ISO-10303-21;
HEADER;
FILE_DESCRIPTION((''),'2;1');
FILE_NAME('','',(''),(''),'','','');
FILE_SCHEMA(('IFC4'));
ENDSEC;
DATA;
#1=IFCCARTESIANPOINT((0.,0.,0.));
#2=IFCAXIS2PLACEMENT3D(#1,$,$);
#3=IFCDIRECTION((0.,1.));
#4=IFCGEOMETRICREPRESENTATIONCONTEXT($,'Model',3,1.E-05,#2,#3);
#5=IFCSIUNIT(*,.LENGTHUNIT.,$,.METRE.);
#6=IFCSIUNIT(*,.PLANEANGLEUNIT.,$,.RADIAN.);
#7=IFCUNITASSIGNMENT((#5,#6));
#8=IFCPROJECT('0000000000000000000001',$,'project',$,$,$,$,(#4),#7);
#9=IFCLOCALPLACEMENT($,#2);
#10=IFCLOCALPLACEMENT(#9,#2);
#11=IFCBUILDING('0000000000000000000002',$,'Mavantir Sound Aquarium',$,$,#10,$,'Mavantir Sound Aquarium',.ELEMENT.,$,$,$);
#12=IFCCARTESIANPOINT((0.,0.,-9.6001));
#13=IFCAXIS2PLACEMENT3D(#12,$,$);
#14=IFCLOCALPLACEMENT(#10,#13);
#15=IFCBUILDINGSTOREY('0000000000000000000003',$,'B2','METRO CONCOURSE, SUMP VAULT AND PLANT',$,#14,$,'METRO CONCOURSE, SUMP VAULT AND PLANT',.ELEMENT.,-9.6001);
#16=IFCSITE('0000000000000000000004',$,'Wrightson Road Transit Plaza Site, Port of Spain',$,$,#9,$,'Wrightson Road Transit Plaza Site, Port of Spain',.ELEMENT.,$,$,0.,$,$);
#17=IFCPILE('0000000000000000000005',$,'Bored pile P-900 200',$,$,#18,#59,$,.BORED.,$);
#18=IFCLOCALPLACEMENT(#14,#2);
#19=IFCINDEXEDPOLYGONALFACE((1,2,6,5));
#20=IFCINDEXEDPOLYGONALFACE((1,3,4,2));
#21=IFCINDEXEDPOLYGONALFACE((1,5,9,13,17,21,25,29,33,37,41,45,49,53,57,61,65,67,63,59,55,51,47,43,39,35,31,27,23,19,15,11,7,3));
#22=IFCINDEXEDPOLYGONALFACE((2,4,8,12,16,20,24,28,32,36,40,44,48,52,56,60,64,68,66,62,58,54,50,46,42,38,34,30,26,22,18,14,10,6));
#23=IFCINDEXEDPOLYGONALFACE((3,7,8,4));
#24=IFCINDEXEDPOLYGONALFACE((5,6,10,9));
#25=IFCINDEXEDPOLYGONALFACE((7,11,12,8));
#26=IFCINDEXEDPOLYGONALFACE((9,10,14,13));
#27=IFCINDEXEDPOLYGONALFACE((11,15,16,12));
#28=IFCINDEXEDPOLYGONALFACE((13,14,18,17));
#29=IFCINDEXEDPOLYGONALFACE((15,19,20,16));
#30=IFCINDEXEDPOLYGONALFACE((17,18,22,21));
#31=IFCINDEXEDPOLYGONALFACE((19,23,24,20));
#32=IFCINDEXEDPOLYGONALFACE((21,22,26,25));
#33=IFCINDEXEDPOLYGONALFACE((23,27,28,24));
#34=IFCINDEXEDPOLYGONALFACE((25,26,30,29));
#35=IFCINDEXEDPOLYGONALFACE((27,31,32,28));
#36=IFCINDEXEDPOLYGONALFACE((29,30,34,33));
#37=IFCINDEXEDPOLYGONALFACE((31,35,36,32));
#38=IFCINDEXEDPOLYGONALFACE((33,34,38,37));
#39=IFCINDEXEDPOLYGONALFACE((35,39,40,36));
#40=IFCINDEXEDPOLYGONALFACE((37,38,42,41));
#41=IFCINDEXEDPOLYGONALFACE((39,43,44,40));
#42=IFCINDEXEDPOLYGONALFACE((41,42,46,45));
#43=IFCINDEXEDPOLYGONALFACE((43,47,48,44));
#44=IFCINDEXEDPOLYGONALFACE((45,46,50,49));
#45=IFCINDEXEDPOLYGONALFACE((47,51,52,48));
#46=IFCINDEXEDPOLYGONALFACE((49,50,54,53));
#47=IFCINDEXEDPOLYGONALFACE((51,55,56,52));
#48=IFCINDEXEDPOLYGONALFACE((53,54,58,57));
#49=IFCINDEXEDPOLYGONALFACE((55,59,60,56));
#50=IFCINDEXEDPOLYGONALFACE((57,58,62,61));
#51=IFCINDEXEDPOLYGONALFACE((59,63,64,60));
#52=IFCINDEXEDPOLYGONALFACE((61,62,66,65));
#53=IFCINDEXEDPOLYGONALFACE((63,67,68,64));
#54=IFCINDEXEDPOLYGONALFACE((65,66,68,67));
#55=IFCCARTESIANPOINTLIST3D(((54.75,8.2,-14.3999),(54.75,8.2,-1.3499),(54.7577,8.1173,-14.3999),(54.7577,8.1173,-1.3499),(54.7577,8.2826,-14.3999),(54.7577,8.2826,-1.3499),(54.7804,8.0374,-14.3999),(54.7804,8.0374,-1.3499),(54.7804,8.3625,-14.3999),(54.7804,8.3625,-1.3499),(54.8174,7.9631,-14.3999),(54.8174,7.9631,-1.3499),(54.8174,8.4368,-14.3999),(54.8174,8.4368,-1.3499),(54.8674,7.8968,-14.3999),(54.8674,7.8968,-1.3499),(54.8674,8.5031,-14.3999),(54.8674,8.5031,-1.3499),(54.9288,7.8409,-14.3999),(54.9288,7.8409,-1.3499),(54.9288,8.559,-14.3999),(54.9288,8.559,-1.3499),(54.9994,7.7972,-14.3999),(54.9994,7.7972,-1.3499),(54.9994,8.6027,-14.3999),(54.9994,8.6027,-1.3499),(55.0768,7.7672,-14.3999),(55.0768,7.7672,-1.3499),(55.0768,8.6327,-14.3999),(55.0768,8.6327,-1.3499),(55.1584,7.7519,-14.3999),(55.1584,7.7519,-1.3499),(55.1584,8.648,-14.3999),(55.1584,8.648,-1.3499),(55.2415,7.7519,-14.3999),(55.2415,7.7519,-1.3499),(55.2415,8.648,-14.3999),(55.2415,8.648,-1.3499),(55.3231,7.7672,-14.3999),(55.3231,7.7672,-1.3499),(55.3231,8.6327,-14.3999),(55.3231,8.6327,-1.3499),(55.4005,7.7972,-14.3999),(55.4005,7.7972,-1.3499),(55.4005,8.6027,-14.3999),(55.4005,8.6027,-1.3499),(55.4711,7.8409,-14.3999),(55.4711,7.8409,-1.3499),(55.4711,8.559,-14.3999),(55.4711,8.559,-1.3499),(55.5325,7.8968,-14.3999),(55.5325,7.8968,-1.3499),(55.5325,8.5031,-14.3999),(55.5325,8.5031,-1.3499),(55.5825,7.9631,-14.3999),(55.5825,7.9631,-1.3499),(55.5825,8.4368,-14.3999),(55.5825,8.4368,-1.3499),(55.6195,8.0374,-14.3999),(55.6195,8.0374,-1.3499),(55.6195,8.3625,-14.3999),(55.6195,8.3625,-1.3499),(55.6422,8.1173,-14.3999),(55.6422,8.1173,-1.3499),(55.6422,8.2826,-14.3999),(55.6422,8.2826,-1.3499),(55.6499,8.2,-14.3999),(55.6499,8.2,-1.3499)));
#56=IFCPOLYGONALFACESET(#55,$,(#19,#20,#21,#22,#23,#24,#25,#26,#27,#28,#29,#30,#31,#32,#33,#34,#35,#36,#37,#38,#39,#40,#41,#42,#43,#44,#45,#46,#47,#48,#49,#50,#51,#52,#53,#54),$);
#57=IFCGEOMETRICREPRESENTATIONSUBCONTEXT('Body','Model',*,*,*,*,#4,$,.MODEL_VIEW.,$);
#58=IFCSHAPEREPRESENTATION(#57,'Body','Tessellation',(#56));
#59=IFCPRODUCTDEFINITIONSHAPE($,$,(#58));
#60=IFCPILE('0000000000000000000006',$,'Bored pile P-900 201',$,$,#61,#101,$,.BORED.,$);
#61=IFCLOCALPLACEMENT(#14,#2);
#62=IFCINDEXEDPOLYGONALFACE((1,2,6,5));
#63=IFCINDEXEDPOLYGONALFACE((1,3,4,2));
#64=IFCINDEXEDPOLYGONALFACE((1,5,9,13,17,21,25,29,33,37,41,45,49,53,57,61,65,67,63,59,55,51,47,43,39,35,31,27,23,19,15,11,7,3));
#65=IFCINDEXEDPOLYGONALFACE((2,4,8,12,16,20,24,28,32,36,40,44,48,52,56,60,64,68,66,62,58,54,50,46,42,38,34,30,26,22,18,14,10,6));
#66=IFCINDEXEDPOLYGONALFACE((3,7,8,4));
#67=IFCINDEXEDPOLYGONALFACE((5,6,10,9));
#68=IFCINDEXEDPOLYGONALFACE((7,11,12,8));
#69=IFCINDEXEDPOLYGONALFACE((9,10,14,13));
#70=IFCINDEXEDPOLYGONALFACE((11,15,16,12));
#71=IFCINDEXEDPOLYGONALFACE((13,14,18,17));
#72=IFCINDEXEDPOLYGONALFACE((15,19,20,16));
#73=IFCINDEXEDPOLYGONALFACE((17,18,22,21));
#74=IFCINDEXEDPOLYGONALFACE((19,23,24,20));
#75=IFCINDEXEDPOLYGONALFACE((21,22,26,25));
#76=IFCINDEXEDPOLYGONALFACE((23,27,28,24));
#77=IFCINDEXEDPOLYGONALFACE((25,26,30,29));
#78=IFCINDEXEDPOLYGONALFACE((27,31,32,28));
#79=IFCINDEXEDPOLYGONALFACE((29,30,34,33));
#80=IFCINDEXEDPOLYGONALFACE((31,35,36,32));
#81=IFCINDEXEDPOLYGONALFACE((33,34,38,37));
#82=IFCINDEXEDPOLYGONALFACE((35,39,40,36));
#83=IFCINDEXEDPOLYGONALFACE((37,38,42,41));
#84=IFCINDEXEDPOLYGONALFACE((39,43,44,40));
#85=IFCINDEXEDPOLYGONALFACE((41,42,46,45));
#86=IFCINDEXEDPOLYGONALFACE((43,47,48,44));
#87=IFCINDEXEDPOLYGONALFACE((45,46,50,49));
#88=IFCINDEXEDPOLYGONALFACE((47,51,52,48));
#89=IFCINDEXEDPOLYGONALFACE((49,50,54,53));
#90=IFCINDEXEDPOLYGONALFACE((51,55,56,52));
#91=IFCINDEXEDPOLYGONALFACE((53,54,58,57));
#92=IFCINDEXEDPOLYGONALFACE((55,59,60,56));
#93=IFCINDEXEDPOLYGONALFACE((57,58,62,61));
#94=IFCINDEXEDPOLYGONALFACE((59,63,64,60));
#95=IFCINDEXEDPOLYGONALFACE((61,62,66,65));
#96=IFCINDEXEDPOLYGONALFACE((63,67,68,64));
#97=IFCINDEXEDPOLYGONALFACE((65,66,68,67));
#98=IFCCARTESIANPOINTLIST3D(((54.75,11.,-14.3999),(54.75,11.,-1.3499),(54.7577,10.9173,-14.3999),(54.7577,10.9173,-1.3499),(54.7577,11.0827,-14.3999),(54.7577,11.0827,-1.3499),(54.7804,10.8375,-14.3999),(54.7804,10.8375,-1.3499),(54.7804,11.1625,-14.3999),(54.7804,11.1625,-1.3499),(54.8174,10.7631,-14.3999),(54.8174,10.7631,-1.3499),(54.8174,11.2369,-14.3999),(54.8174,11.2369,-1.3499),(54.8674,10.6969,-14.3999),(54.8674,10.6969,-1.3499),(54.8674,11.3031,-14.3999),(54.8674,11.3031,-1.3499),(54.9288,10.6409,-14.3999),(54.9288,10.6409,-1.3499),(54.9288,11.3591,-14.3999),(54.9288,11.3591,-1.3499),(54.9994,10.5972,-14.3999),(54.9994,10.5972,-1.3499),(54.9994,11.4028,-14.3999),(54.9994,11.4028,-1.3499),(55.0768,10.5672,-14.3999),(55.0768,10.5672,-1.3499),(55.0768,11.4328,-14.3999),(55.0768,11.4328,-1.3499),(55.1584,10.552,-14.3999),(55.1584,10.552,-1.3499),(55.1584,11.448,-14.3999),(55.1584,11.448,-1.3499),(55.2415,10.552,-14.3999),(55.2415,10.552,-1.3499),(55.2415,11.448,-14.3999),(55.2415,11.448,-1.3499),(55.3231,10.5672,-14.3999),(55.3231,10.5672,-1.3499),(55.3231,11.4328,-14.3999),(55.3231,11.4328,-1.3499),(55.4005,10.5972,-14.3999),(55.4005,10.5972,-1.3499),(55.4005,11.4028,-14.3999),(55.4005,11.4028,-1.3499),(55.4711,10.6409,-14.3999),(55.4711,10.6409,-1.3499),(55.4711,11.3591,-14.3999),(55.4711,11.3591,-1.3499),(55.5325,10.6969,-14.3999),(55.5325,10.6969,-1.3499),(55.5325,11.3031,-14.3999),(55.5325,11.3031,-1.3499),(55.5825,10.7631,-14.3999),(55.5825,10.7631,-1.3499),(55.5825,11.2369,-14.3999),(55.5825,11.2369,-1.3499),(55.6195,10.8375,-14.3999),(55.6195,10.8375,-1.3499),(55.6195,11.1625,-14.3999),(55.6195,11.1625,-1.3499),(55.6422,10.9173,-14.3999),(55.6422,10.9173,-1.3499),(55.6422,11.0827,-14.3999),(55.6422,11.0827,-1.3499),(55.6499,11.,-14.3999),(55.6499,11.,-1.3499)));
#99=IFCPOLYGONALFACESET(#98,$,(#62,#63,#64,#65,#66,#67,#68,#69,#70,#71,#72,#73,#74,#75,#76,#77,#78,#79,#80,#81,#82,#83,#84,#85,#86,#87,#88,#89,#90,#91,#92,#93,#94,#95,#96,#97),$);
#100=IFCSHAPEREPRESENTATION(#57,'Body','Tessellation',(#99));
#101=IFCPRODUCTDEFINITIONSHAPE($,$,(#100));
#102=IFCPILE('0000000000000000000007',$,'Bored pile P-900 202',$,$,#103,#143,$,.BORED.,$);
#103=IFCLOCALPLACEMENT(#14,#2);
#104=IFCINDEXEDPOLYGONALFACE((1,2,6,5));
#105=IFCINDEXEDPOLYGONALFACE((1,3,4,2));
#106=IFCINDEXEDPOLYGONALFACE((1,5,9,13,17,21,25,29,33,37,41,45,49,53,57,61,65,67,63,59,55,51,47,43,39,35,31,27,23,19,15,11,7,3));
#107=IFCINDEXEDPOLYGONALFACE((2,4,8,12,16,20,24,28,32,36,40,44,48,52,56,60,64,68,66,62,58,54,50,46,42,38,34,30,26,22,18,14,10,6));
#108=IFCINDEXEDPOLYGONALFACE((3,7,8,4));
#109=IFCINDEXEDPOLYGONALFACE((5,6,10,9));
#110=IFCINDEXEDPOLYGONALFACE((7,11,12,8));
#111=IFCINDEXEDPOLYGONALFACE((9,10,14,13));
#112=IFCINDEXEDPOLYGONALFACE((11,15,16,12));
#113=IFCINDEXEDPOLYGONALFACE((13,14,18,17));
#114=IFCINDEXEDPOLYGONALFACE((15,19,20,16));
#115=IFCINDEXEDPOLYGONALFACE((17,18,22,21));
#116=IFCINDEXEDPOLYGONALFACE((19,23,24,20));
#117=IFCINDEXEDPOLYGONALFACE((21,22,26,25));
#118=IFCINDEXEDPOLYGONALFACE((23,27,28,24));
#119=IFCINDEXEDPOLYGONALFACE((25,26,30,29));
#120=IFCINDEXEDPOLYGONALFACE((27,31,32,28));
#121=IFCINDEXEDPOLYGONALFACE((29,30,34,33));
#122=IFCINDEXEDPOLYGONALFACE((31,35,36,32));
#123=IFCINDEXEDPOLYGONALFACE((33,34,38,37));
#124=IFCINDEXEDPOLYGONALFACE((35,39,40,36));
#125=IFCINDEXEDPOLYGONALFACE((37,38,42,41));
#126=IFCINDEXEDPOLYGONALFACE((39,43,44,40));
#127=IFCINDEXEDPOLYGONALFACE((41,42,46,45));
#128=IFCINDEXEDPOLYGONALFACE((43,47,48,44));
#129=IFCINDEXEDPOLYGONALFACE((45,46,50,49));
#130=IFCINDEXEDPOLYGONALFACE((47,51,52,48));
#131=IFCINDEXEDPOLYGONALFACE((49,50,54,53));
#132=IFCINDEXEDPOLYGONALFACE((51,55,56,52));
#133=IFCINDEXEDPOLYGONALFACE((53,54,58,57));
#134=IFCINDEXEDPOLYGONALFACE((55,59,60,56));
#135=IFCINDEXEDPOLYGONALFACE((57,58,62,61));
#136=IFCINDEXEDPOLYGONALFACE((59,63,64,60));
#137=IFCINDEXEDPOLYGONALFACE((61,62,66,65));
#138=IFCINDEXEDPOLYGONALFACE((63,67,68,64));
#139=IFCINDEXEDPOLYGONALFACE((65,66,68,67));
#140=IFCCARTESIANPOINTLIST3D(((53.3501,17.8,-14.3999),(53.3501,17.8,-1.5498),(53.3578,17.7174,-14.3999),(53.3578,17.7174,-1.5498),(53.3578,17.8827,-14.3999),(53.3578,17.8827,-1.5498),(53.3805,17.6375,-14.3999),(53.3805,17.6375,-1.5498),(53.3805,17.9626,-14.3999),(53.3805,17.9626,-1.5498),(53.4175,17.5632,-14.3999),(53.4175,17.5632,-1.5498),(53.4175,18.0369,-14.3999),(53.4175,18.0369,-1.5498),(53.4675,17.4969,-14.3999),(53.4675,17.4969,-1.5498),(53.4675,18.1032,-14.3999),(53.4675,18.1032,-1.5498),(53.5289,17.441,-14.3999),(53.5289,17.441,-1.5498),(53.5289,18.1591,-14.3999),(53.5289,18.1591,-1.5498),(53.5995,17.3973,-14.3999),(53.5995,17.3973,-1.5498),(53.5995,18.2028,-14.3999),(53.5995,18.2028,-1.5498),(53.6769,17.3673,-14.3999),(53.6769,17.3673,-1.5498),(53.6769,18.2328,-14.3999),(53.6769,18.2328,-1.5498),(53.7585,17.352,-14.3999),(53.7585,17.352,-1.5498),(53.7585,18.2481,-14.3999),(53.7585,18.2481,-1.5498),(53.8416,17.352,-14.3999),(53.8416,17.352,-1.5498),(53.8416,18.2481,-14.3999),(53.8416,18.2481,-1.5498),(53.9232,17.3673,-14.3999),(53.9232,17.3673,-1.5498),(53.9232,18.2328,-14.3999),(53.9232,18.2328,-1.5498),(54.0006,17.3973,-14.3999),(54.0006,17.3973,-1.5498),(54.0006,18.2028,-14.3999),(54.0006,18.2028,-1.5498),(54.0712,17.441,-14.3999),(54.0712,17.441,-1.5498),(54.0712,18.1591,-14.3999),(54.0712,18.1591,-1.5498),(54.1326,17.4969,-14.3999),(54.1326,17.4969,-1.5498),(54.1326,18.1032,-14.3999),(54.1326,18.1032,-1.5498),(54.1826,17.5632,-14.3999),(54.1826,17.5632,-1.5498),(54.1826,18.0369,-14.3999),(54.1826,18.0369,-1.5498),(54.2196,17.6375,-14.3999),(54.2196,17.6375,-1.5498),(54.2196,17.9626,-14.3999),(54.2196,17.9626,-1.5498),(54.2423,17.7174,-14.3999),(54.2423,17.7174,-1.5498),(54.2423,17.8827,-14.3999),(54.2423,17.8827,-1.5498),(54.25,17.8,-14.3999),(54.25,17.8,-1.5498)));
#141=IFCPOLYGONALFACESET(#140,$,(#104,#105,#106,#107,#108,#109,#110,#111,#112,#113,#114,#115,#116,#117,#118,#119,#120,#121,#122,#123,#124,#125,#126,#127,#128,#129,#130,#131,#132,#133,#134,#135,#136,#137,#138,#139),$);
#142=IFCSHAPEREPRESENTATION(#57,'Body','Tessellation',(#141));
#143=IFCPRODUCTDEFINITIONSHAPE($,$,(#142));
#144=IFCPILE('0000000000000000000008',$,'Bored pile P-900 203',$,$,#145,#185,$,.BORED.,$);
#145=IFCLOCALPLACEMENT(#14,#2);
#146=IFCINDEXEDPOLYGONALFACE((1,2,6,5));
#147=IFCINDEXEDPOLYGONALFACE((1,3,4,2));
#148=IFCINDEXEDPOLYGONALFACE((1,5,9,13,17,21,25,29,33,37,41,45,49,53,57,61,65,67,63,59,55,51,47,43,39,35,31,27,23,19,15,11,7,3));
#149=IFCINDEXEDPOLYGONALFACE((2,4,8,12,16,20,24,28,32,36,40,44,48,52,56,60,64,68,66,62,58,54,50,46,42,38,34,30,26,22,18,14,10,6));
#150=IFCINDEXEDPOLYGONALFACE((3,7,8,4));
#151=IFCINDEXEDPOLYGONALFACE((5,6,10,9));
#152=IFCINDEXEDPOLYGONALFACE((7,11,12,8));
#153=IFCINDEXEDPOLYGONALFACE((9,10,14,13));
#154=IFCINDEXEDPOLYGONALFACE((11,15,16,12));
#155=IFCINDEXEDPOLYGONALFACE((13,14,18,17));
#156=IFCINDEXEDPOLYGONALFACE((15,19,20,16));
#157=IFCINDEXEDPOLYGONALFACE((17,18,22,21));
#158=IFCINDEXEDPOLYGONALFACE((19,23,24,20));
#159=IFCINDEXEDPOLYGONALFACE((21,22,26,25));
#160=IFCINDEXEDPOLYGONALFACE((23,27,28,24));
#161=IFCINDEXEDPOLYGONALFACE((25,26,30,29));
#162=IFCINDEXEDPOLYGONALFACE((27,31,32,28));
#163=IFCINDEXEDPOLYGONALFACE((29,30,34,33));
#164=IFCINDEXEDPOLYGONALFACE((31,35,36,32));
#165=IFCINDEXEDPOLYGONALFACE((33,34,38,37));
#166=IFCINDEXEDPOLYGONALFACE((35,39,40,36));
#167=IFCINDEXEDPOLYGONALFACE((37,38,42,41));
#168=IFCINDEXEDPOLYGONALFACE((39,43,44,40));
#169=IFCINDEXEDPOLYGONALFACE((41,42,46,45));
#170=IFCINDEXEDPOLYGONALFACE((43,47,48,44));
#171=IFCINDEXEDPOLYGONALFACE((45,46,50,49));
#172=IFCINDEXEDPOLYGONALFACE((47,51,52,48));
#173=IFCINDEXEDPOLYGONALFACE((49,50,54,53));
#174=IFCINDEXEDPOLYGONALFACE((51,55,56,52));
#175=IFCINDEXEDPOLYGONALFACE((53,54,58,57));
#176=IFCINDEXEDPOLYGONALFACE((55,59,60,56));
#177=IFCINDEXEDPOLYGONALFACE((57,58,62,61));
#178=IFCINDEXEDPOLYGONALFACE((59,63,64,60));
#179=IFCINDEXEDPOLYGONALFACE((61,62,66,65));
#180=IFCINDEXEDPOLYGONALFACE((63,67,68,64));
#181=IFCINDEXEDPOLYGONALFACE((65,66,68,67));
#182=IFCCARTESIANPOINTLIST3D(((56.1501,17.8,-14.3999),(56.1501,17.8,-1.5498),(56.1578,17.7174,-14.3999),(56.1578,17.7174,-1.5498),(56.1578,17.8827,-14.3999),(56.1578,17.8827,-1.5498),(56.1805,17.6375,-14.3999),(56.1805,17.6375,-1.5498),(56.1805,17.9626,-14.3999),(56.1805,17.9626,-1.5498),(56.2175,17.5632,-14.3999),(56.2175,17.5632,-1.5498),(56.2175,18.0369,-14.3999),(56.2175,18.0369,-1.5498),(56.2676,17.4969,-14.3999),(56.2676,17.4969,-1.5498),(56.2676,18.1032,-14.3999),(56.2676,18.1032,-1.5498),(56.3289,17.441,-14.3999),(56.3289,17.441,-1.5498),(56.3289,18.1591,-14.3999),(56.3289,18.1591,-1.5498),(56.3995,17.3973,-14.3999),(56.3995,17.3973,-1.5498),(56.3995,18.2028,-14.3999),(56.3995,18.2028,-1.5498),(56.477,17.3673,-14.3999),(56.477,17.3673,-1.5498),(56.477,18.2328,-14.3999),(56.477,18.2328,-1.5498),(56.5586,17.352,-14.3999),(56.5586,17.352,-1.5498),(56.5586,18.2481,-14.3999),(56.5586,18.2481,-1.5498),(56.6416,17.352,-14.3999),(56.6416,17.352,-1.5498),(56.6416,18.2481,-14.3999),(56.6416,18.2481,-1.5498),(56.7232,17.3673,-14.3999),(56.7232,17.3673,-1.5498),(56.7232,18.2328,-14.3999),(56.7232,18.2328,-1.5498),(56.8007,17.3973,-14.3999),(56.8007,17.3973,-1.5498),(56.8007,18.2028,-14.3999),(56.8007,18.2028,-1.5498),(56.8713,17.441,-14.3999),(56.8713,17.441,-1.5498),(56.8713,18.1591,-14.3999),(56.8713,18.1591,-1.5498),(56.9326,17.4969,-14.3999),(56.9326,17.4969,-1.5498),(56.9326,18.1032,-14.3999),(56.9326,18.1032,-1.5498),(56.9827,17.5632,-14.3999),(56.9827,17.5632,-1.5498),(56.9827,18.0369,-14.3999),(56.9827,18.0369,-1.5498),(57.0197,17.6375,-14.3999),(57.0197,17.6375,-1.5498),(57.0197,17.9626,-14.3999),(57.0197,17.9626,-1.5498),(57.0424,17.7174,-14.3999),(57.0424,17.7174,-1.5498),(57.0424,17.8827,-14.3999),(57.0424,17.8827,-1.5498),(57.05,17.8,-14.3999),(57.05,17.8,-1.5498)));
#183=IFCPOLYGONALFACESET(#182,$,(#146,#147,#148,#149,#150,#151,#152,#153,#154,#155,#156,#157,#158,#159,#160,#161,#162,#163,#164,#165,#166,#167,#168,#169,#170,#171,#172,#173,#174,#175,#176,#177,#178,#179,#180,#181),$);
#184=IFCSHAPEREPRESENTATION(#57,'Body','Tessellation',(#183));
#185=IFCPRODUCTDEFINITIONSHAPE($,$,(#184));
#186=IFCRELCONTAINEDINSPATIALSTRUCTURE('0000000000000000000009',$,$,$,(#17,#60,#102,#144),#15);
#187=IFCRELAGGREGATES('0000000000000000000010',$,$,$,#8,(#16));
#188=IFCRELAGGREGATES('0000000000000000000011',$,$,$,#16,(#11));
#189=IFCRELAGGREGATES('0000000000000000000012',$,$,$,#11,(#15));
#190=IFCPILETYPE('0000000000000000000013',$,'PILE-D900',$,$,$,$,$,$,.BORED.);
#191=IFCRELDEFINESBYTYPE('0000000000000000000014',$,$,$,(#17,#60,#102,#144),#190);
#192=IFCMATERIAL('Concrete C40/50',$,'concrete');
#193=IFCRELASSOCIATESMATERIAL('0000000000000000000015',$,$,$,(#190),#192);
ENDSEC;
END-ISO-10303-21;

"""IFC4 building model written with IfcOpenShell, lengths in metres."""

from ifc_helpers import new_model, si_unit, direction, frame, origin, origin_2d, place, context, subcontext, project, spatial, circle, extrude, material, material_profile, profile_set, type_object, element, save


model = new_model("IFC4")

# Units and contexts
model_context = context("Model", 3, precision=1e-05, world=origin(), true_north=direction((0.0, 1.0)))
body_context = subcontext(model_context, "Body", "Model", "MODEL_VIEW")
ifc_project = project(units=[si_unit("LENGTHUNIT", "METRE"), si_unit("PLANEANGLEUNIT", "RADIAN")], contexts=[model_context])

# Site, building, storey
site_placement = place(None, origin())
site = spatial("IfcSite", under=ifc_project, at=site_placement, Name="Wrightson Road Transit Plaza Site, Port of Spain", LongName="Wrightson Road Transit Plaza Site, Port of Spain", CompositionType="ELEMENT", RefElevation=0.0)
building_placement = place(site_placement, origin())
building = spatial("IfcBuilding", under=site, at=building_placement, Name="Mavantir Sound Aquarium", LongName="Mavantir Sound Aquarium", CompositionType="ELEMENT")
storey_placement = place(building_placement, frame((0.0, 0.0, -9.6001)))
storey = spatial("IfcBuildingStorey", under=building, at=storey_placement, Name="B2", Description="METRO CONCOURSE, SUMP VAULT AND PLANT", LongName="METRO CONCOURSE, SUMP VAULT AND PLANT", CompositionType="ELEMENT", Elevation=-9.6001)

# Shared definitions
ifc_material_1 = material(Name="Concrete C40/50", Category="concrete")

# Piles
ifc_material_profile_1 = material_profile(ifc_material_1, circle(Radius=0.45, at=origin_2d()), Name="PILE D900")
ifc_profile_set_1 = profile_set([ifc_material_profile_1], Name="Concrete C40/50")
pile_type = type_object("IfcPileType", Name="PILE-D900", PredefinedType="BORED", material=ifc_profile_set_1)
for number, where, z_axis, x_axis, name in (
    (1, (55.2, 8.2, -1.3499), (0.0, 0.0, -1.0), (1.0, 0.0, 0.0), "Bored pile P-900 200"),
    (2, (55.2, 11.0, -1.3499), (0.0, 0.0, -1.0), (1.0, 0.0, 0.0), "Bored pile P-900 201"),
):
    element("IfcPile", number, at=place(storey_placement, frame(where, z_axis=z_axis, x_axis=x_axis)), inside=storey, type_object=pile_type, Name=name, PredefinedType="BORED", context=body_context, shape_type="SweptSolid", body=[
        extrude(circle(Radius=0.45, at=origin_2d()), origin(), (0.0, 0.0, 1.0), 13.05),
    ])
for number, where, z_axis, x_axis, name in (
    (3, (53.8, 17.8, -1.5498), (0.0, 0.0, -1.0), (1.0, 0.0, 0.0), "Bored pile P-900 202"),
    (4, (56.6001, 17.8, -1.5498), (0.0, 0.0, -1.0), (1.0, 0.0, 0.0), "Bored pile P-900 203"),
):
    element("IfcPile", number, at=place(storey_placement, frame(where, z_axis=z_axis, x_axis=x_axis)), inside=storey, type_object=pile_type, Name=name, PredefinedType="BORED", context=body_context, shape_type="SweptSolid", body=[
        extrude(circle(Radius=0.45, at=origin_2d()), origin(), (0.0, 0.0, 1.0), 12.8501),
    ])

save(model, "model.ifc")
